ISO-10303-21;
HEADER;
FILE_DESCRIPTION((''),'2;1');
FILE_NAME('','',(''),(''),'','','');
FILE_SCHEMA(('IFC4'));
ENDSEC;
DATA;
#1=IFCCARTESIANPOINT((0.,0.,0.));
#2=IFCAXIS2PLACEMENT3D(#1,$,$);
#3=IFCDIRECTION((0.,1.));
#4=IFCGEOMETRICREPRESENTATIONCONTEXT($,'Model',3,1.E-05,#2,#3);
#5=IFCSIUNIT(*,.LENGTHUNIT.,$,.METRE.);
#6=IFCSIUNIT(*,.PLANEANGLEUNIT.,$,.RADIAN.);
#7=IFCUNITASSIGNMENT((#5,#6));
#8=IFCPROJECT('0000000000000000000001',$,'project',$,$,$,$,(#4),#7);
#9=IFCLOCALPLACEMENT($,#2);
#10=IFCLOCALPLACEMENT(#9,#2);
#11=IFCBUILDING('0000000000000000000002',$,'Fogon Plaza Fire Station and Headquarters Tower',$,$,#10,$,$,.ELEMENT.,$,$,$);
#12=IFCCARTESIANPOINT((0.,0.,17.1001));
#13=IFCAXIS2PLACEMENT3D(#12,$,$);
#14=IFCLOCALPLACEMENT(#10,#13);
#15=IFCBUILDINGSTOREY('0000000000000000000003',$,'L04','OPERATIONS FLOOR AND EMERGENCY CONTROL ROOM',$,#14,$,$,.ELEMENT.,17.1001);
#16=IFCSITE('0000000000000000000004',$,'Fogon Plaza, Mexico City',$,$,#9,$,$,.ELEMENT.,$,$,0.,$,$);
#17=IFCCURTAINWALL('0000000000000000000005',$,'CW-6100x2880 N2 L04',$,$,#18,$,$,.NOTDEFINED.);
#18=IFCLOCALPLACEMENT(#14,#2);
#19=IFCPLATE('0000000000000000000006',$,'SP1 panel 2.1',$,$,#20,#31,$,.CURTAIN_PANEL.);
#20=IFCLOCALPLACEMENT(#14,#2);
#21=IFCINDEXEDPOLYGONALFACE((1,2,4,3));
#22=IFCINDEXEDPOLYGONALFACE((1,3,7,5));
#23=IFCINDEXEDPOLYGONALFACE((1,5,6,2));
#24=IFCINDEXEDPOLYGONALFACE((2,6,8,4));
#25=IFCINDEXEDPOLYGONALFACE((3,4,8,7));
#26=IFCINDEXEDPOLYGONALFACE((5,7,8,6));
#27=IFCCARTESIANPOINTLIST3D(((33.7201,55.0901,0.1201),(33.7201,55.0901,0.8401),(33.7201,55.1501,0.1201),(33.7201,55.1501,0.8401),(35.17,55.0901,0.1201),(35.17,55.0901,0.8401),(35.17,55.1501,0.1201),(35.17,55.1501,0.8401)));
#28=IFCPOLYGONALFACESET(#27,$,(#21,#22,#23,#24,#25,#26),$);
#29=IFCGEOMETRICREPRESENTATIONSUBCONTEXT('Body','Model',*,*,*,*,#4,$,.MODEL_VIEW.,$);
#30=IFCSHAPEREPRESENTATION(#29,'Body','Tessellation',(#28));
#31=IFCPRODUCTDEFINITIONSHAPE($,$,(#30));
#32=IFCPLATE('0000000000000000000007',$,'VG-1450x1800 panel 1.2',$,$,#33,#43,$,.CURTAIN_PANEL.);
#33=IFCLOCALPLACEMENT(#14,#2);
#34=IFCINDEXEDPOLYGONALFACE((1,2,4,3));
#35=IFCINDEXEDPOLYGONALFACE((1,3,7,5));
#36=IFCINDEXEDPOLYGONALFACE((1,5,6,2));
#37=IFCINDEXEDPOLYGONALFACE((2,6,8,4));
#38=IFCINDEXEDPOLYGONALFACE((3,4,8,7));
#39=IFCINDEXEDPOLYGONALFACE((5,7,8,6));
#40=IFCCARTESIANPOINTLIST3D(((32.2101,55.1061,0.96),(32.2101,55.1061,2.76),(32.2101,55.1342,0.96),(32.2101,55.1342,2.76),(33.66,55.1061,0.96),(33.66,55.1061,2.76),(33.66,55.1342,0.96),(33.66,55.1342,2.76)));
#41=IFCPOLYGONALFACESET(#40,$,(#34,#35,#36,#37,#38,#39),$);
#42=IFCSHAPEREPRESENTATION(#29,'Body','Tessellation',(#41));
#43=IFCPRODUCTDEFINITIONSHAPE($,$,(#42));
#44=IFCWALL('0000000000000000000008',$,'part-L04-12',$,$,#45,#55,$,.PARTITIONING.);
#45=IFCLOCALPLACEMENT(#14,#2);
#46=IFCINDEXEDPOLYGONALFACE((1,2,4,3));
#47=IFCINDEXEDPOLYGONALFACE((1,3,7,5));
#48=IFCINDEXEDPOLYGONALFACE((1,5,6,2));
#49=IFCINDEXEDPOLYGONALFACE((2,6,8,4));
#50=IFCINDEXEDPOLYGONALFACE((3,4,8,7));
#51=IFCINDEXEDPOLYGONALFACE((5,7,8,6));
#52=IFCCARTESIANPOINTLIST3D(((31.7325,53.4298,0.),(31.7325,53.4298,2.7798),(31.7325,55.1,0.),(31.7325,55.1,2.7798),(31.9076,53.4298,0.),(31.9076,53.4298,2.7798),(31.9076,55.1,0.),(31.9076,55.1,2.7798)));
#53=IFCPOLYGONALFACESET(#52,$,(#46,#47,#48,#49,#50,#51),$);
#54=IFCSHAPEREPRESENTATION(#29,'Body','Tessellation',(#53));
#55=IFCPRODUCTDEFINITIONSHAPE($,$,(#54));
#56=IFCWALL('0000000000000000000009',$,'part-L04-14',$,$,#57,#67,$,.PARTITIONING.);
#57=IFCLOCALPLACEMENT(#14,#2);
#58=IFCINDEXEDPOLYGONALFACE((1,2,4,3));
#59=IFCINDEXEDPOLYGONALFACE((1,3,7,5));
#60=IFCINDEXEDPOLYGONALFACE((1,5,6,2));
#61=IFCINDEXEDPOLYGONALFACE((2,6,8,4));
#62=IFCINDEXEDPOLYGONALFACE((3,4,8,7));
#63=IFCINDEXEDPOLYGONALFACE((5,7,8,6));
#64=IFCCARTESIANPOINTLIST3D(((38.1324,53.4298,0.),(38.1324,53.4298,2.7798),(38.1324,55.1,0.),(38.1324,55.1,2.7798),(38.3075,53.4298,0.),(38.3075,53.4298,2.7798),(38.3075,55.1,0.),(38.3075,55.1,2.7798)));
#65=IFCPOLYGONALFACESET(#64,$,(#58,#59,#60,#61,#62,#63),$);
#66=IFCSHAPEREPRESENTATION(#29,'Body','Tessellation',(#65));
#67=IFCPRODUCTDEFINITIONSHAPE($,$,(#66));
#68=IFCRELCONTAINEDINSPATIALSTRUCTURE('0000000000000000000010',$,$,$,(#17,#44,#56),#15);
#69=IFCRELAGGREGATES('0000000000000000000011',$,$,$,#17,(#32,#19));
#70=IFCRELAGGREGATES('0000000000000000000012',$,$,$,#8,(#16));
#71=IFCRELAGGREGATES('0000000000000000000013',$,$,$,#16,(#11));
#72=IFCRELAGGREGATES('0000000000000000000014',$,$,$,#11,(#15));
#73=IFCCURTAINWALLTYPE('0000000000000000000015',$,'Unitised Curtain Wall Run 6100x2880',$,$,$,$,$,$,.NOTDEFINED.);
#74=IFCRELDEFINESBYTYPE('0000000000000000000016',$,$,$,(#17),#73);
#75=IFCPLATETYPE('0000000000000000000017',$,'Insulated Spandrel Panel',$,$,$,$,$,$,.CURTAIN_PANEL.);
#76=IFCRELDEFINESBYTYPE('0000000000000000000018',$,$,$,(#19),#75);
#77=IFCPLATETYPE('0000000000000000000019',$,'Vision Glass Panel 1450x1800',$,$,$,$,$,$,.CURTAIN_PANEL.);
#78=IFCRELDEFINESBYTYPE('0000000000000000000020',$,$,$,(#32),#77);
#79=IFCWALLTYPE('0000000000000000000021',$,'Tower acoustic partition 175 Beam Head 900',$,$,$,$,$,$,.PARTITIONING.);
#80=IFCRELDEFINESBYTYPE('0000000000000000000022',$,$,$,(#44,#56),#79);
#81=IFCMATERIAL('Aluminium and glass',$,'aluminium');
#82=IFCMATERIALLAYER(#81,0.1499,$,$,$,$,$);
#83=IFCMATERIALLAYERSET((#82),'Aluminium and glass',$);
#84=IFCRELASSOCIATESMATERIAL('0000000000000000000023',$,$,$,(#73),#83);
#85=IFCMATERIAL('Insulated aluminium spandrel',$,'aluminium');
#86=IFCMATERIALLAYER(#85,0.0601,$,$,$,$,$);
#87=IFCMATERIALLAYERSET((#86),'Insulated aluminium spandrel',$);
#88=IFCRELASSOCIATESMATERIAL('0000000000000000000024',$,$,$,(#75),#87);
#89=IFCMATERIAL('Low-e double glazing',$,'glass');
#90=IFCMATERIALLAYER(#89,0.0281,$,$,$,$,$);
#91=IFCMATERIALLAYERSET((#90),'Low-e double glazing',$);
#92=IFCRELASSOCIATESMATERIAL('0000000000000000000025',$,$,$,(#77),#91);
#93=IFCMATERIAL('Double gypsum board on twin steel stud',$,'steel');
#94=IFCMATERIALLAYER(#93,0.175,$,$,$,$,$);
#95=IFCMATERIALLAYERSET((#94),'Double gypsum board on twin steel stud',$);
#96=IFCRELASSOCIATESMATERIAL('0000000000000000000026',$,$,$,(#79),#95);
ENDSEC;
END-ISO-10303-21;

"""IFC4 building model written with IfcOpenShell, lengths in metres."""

from ifc_helpers import new_model, si_unit, direction, frame, frame_2d, origin, origin_2d, place, context, subcontext, project, spatial, rectangle, extrude, material, layer, layer_set, type_object, element, aggregate, save


model = new_model("IFC4")

# Units and contexts
model_context = context("Model", 3, precision=1e-05, world=origin(), true_north=direction((0.0, 1.0)))
body_context = subcontext(model_context, "Body", "Model", "MODEL_VIEW")
ifc_project = project(units=[si_unit("LENGTHUNIT", "METRE"), si_unit("PLANEANGLEUNIT", "RADIAN")], contexts=[model_context])

# Site, building, storey
site_placement = place(None, origin())
site = spatial("IfcSite", under=ifc_project, at=site_placement, Name="Fogon Plaza, Mexico City", CompositionType="ELEMENT", RefElevation=0.0)
building_placement = place(site_placement, origin())
building = spatial("IfcBuilding", under=site, at=building_placement, Name="Fogon Plaza Fire Station and Headquarters Tower", CompositionType="ELEMENT")
storey_placement = place(building_placement, frame((0.0, 0.0, 17.1001)))
storey = spatial("IfcBuildingStorey", under=building, at=storey_placement, Name="L04", Description="OPERATIONS FLOOR AND EMERGENCY CONTROL ROOM", CompositionType="ELEMENT", Elevation=17.1001)

# Shared definitions
ifc_material_1 = material(Name="Aluminium and glass", Category="aluminium")
ifc_layer_1 = layer(ifc_material_1, 0.1499)
ifc_layer_set_1 = layer_set([ifc_layer_1], Name="Aluminium and glass")
curtain_wall_type = type_object("IfcCurtainWallType", Name="Unitised Curtain Wall Run 6100x2880", PredefinedType="NOTDEFINED", material=ifc_layer_set_1)

# Curtain wall
curtain_wall_1_placement = place(storey_placement, origin())
curtain_wall_1 = element("IfcCurtainWall", 1, at=curtain_wall_1_placement, inside=storey, type_object=curtain_wall_type, Name="CW-6100x2880 N2 L04", PredefinedType="NOTDEFINED")

# Plates
ifc_material_2 = material(Name="Insulated aluminium spandrel", Category="aluminium")
ifc_layer_2 = layer(ifc_material_2, 0.0601)
ifc_layer_set_2 = layer_set([ifc_layer_2], Name="Insulated aluminium spandrel")
plate_type_1 = type_object("IfcPlateType", Name="Insulated Spandrel Panel", PredefinedType="CURTAIN_PANEL", material=ifc_layer_set_2)
plate_1_placement = place(storey_placement, frame((34.4451, 55.1201, 0.1201), z_axis=(0.0, 0.0, 1.0), x_axis=(1.0, 0.0, 0.0)))
plate_1 = element("IfcPlate", 2, at=plate_1_placement, type_object=plate_type_1, Name="SP1 panel 2.1", PredefinedType="CURTAIN_PANEL", context=body_context, shape_type="SweptSolid", body=[
    extrude(rectangle(XDim=1.45, YDim=0.0601, at=origin_2d()), origin(), (0.0, 0.0, 1.0), 0.72),
])
ifc_material_3 = material(Name="Low-e double glazing", Category="glass")
ifc_layer_3 = layer(ifc_material_3, 0.0281)
ifc_layer_set_3 = layer_set([ifc_layer_3], Name="Low-e double glazing")
plate_type_2 = type_object("IfcPlateType", Name="Vision Glass Panel 1450x1800", PredefinedType="CURTAIN_PANEL", material=ifc_layer_set_3)
plate_2_placement = place(storey_placement, frame((32.9351, 55.1201, 0.96), z_axis=(0.0, 0.0, 1.0), x_axis=(1.0, 0.0, 0.0)))
plate_2 = element("IfcPlate", 3, at=plate_2_placement, type_object=plate_type_2, Name="VG-1450x1800 panel 1.2", PredefinedType="CURTAIN_PANEL", context=body_context, shape_type="SweptSolid", body=[
    extrude(rectangle(XDim=1.45, YDim=0.0281, at=origin_2d()), origin(), (0.0, 0.0, 1.0), 1.8),
])
aggregate(curtain_wall_1, [plate_2, plate_1])

# Walls
ifc_material_4 = material(Name="Double gypsum board on twin steel stud", Category="steel")
ifc_layer_4 = layer(ifc_material_4, 0.175)
ifc_layer_set_4 = layer_set([ifc_layer_4], Name="Double gypsum board on twin steel stud")
wall_type = type_object("IfcWallType", Name="Tower acoustic partition 175 Beam Head 900", PredefinedType="PARTITIONING", material=ifc_layer_set_4)
for number, where, z_axis, x_axis, name in (
    (4, (31.8201, 53.4299, 0.0), (0.0, 0.0, 1.0), (0.0, 1.0, 0.0), "part-L04-12"),
    (5, (38.22, 53.4299, 0.0), (0.0, 0.0, 1.0), (0.0, 1.0, 0.0), "part-L04-14"),
):
    element("IfcWall", number, at=place(storey_placement, frame(where, z_axis=z_axis, x_axis=x_axis)), inside=storey, type_object=wall_type, Name=name, PredefinedType="PARTITIONING", context=body_context, shape_type="SweptSolid", body=[
        extrude(rectangle(XDim=1.6702, YDim=0.175, at=frame_2d((0.835, 0.0))), origin(), (0.0, 0.0, 1.0), 2.7798),
    ])

save(model, "model.ifc")
